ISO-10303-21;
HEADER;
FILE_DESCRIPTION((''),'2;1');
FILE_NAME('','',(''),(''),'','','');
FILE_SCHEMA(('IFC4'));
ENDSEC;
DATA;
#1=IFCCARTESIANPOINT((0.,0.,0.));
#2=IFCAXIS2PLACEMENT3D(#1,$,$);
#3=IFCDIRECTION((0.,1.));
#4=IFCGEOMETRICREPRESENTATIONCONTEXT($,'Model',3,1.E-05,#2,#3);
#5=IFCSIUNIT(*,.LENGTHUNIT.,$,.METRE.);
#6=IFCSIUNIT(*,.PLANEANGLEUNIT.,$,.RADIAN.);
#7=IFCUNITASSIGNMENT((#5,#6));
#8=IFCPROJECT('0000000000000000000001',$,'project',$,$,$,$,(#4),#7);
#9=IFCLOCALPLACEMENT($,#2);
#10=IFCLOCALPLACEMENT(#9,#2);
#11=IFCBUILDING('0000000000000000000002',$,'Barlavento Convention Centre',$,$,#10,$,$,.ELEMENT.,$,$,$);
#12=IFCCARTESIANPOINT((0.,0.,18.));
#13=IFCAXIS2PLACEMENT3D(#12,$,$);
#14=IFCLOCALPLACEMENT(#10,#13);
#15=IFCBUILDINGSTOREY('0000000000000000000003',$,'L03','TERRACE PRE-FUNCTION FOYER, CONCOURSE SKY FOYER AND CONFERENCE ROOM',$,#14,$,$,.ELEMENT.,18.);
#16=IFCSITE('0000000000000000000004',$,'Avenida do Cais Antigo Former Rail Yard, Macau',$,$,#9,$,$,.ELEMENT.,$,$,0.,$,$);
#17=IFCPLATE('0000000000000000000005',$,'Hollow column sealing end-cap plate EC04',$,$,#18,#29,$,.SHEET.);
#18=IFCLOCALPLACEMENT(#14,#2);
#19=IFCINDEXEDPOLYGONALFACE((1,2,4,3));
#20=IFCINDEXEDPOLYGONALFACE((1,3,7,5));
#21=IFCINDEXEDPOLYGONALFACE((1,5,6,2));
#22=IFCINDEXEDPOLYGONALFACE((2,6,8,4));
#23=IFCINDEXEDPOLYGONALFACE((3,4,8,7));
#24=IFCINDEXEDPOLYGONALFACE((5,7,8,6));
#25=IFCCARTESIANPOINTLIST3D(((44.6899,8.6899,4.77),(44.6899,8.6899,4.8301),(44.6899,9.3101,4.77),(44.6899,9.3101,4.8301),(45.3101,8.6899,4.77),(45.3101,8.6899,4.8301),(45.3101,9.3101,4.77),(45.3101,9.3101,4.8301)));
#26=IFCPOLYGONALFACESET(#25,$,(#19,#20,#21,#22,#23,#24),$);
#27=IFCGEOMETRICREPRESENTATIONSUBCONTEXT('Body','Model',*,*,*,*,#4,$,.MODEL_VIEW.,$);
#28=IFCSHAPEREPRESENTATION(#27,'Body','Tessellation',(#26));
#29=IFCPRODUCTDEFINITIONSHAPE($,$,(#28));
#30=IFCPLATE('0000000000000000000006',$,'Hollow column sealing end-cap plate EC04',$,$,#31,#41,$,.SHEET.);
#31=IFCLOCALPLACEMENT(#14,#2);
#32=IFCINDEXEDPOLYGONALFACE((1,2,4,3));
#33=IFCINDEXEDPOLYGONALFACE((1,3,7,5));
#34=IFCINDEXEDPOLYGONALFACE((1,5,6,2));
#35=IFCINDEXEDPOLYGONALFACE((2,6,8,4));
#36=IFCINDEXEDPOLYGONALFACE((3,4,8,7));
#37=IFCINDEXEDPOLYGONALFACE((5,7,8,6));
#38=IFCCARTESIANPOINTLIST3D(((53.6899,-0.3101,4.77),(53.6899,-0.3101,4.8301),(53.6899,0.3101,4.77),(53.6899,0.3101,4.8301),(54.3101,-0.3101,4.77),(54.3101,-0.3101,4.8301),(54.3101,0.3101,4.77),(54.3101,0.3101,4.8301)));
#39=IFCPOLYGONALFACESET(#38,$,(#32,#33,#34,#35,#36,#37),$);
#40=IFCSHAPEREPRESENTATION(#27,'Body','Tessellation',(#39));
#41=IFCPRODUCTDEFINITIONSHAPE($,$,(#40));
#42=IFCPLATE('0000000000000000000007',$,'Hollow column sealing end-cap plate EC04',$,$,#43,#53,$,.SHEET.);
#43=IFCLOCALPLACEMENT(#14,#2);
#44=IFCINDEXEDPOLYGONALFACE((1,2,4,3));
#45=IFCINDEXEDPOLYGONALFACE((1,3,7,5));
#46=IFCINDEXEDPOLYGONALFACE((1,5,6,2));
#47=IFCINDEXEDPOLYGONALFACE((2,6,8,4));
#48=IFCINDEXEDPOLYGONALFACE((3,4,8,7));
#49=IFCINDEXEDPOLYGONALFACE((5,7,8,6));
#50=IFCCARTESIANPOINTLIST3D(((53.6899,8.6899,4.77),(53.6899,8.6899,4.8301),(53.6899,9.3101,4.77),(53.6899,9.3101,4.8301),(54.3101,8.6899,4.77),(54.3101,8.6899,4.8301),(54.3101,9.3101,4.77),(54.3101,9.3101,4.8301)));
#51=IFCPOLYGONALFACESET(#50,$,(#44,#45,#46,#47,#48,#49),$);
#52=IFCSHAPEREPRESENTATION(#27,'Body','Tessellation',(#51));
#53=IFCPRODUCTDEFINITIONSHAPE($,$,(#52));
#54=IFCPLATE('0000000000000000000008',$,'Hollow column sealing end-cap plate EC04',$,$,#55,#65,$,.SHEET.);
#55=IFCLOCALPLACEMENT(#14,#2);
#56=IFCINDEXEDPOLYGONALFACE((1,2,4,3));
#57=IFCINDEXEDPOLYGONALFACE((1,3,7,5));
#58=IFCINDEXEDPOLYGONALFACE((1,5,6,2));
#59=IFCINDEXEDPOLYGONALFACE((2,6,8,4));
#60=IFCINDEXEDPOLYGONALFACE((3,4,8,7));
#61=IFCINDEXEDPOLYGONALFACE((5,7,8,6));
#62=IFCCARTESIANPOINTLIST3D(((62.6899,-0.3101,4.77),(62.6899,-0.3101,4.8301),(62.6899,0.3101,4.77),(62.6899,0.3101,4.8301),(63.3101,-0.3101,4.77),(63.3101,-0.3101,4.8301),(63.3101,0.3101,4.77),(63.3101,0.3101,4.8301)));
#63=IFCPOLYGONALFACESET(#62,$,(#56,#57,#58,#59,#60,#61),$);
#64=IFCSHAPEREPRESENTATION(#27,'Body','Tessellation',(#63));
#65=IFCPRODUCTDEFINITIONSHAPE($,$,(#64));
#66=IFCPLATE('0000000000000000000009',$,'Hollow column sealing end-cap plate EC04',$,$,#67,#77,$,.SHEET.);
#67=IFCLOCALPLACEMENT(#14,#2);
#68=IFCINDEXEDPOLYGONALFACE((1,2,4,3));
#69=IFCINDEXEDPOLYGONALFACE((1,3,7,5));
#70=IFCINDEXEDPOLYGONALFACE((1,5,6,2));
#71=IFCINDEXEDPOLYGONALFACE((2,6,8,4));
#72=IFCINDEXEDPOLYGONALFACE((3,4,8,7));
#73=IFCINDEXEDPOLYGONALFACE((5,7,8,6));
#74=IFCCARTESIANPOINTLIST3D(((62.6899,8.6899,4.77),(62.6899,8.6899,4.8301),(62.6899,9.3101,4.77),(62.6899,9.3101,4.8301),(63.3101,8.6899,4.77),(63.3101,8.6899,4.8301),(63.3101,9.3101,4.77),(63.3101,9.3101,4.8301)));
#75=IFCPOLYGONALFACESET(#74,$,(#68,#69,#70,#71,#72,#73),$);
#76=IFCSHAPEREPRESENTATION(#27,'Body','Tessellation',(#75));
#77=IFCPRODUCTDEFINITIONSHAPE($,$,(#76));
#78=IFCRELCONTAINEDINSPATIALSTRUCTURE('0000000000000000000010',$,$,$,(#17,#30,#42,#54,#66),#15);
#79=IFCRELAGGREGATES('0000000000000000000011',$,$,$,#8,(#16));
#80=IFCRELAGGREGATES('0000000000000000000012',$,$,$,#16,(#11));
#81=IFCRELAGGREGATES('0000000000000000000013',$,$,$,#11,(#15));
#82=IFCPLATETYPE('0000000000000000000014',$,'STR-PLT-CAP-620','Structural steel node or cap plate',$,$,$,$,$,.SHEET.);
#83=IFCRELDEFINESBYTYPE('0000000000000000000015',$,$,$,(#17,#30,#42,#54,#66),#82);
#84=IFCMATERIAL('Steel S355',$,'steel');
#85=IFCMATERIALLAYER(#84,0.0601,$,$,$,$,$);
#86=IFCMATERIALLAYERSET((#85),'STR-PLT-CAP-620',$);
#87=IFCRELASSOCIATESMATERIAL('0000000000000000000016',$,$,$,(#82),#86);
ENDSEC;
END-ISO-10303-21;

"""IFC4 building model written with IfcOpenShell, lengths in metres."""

from ifc_helpers import new_model, si_unit, direction, frame, origin, origin_2d, place, context, subcontext, project, spatial, rectangle, extrude, material, layer, layer_set, type_object, element, save


model = new_model("IFC4")

# Units and contexts
model_context = context("Model", 3, precision=1e-05, world=origin(), true_north=direction((0.0, 1.0)))
body_context = subcontext(model_context, "Body", "Model", "MODEL_VIEW")
ifc_project = project(units=[si_unit("LENGTHUNIT", "METRE"), si_unit("PLANEANGLEUNIT", "RADIAN")], contexts=[model_context])

# Site, building, storey
site_placement = place(None, origin())
site = spatial("IfcSite", under=ifc_project, at=site_placement, Name="Avenida do Cais Antigo Former Rail Yard, Macau", CompositionType="ELEMENT", RefElevation=0.0)
building_placement = place(site_placement, origin())
building = spatial("IfcBuilding", under=site, at=building_placement, Name="Barlavento Convention Centre", CompositionType="ELEMENT")
storey_placement = place(building_placement, frame((0.0, 0.0, 18.0)))
storey = spatial("IfcBuildingStorey", under=building, at=storey_placement, Name="L03", Description="TERRACE PRE-FUNCTION FOYER, CONCOURSE SKY FOYER AND CONFERENCE ROOM", CompositionType="ELEMENT", Elevation=18.0)

# Shared definitions
ifc_material_1 = material(Name="Steel S355", Category="steel")

# Plates
ifc_layer = layer(ifc_material_1, 0.0601)
ifc_layer_set = layer_set([ifc_layer], Name="STR-PLT-CAP-620")
plate_type = type_object("IfcPlateType", Name="STR-PLT-CAP-620", Description="Structural steel node or cap plate", PredefinedType="SHEET", material=ifc_layer_set)
for number, where, z_axis, x_axis, name in (
    (1, (45.0, 9.0, 4.77), (0.0, 0.0, 1.0), (1.0, 0.0, 0.0), "Hollow column sealing end-cap plate EC04"),
    (2, (54.0, 0.0, 4.77), (0.0, 0.0, 1.0), (1.0, 0.0, 0.0), "Hollow column sealing end-cap plate EC04"),
    (3, (54.0, 9.0, 4.77), (0.0, 0.0, 1.0), (1.0, 0.0, 0.0), "Hollow column sealing end-cap plate EC04"),
    (4, (63.0, 0.0, 4.77), (0.0, 0.0, 1.0), (1.0, 0.0, 0.0), "Hollow column sealing end-cap plate EC04"),
    (5, (63.0, 9.0, 4.77), (0.0, 0.0, 1.0), (1.0, 0.0, 0.0), "Hollow column sealing end-cap plate EC04"),
):
    element("IfcPlate", number, at=place(storey_placement, frame(where, z_axis=z_axis, x_axis=x_axis)), inside=storey, type_object=plate_type, Name=name, PredefinedType="SHEET", context=body_context, shape_type="SweptSolid", body=[
        extrude(rectangle(XDim=0.6201, YDim=0.6201, at=origin_2d()), origin(), (0.0, 0.0, 1.0), 0.0601),
    ])

save(model, "model.ifc")
